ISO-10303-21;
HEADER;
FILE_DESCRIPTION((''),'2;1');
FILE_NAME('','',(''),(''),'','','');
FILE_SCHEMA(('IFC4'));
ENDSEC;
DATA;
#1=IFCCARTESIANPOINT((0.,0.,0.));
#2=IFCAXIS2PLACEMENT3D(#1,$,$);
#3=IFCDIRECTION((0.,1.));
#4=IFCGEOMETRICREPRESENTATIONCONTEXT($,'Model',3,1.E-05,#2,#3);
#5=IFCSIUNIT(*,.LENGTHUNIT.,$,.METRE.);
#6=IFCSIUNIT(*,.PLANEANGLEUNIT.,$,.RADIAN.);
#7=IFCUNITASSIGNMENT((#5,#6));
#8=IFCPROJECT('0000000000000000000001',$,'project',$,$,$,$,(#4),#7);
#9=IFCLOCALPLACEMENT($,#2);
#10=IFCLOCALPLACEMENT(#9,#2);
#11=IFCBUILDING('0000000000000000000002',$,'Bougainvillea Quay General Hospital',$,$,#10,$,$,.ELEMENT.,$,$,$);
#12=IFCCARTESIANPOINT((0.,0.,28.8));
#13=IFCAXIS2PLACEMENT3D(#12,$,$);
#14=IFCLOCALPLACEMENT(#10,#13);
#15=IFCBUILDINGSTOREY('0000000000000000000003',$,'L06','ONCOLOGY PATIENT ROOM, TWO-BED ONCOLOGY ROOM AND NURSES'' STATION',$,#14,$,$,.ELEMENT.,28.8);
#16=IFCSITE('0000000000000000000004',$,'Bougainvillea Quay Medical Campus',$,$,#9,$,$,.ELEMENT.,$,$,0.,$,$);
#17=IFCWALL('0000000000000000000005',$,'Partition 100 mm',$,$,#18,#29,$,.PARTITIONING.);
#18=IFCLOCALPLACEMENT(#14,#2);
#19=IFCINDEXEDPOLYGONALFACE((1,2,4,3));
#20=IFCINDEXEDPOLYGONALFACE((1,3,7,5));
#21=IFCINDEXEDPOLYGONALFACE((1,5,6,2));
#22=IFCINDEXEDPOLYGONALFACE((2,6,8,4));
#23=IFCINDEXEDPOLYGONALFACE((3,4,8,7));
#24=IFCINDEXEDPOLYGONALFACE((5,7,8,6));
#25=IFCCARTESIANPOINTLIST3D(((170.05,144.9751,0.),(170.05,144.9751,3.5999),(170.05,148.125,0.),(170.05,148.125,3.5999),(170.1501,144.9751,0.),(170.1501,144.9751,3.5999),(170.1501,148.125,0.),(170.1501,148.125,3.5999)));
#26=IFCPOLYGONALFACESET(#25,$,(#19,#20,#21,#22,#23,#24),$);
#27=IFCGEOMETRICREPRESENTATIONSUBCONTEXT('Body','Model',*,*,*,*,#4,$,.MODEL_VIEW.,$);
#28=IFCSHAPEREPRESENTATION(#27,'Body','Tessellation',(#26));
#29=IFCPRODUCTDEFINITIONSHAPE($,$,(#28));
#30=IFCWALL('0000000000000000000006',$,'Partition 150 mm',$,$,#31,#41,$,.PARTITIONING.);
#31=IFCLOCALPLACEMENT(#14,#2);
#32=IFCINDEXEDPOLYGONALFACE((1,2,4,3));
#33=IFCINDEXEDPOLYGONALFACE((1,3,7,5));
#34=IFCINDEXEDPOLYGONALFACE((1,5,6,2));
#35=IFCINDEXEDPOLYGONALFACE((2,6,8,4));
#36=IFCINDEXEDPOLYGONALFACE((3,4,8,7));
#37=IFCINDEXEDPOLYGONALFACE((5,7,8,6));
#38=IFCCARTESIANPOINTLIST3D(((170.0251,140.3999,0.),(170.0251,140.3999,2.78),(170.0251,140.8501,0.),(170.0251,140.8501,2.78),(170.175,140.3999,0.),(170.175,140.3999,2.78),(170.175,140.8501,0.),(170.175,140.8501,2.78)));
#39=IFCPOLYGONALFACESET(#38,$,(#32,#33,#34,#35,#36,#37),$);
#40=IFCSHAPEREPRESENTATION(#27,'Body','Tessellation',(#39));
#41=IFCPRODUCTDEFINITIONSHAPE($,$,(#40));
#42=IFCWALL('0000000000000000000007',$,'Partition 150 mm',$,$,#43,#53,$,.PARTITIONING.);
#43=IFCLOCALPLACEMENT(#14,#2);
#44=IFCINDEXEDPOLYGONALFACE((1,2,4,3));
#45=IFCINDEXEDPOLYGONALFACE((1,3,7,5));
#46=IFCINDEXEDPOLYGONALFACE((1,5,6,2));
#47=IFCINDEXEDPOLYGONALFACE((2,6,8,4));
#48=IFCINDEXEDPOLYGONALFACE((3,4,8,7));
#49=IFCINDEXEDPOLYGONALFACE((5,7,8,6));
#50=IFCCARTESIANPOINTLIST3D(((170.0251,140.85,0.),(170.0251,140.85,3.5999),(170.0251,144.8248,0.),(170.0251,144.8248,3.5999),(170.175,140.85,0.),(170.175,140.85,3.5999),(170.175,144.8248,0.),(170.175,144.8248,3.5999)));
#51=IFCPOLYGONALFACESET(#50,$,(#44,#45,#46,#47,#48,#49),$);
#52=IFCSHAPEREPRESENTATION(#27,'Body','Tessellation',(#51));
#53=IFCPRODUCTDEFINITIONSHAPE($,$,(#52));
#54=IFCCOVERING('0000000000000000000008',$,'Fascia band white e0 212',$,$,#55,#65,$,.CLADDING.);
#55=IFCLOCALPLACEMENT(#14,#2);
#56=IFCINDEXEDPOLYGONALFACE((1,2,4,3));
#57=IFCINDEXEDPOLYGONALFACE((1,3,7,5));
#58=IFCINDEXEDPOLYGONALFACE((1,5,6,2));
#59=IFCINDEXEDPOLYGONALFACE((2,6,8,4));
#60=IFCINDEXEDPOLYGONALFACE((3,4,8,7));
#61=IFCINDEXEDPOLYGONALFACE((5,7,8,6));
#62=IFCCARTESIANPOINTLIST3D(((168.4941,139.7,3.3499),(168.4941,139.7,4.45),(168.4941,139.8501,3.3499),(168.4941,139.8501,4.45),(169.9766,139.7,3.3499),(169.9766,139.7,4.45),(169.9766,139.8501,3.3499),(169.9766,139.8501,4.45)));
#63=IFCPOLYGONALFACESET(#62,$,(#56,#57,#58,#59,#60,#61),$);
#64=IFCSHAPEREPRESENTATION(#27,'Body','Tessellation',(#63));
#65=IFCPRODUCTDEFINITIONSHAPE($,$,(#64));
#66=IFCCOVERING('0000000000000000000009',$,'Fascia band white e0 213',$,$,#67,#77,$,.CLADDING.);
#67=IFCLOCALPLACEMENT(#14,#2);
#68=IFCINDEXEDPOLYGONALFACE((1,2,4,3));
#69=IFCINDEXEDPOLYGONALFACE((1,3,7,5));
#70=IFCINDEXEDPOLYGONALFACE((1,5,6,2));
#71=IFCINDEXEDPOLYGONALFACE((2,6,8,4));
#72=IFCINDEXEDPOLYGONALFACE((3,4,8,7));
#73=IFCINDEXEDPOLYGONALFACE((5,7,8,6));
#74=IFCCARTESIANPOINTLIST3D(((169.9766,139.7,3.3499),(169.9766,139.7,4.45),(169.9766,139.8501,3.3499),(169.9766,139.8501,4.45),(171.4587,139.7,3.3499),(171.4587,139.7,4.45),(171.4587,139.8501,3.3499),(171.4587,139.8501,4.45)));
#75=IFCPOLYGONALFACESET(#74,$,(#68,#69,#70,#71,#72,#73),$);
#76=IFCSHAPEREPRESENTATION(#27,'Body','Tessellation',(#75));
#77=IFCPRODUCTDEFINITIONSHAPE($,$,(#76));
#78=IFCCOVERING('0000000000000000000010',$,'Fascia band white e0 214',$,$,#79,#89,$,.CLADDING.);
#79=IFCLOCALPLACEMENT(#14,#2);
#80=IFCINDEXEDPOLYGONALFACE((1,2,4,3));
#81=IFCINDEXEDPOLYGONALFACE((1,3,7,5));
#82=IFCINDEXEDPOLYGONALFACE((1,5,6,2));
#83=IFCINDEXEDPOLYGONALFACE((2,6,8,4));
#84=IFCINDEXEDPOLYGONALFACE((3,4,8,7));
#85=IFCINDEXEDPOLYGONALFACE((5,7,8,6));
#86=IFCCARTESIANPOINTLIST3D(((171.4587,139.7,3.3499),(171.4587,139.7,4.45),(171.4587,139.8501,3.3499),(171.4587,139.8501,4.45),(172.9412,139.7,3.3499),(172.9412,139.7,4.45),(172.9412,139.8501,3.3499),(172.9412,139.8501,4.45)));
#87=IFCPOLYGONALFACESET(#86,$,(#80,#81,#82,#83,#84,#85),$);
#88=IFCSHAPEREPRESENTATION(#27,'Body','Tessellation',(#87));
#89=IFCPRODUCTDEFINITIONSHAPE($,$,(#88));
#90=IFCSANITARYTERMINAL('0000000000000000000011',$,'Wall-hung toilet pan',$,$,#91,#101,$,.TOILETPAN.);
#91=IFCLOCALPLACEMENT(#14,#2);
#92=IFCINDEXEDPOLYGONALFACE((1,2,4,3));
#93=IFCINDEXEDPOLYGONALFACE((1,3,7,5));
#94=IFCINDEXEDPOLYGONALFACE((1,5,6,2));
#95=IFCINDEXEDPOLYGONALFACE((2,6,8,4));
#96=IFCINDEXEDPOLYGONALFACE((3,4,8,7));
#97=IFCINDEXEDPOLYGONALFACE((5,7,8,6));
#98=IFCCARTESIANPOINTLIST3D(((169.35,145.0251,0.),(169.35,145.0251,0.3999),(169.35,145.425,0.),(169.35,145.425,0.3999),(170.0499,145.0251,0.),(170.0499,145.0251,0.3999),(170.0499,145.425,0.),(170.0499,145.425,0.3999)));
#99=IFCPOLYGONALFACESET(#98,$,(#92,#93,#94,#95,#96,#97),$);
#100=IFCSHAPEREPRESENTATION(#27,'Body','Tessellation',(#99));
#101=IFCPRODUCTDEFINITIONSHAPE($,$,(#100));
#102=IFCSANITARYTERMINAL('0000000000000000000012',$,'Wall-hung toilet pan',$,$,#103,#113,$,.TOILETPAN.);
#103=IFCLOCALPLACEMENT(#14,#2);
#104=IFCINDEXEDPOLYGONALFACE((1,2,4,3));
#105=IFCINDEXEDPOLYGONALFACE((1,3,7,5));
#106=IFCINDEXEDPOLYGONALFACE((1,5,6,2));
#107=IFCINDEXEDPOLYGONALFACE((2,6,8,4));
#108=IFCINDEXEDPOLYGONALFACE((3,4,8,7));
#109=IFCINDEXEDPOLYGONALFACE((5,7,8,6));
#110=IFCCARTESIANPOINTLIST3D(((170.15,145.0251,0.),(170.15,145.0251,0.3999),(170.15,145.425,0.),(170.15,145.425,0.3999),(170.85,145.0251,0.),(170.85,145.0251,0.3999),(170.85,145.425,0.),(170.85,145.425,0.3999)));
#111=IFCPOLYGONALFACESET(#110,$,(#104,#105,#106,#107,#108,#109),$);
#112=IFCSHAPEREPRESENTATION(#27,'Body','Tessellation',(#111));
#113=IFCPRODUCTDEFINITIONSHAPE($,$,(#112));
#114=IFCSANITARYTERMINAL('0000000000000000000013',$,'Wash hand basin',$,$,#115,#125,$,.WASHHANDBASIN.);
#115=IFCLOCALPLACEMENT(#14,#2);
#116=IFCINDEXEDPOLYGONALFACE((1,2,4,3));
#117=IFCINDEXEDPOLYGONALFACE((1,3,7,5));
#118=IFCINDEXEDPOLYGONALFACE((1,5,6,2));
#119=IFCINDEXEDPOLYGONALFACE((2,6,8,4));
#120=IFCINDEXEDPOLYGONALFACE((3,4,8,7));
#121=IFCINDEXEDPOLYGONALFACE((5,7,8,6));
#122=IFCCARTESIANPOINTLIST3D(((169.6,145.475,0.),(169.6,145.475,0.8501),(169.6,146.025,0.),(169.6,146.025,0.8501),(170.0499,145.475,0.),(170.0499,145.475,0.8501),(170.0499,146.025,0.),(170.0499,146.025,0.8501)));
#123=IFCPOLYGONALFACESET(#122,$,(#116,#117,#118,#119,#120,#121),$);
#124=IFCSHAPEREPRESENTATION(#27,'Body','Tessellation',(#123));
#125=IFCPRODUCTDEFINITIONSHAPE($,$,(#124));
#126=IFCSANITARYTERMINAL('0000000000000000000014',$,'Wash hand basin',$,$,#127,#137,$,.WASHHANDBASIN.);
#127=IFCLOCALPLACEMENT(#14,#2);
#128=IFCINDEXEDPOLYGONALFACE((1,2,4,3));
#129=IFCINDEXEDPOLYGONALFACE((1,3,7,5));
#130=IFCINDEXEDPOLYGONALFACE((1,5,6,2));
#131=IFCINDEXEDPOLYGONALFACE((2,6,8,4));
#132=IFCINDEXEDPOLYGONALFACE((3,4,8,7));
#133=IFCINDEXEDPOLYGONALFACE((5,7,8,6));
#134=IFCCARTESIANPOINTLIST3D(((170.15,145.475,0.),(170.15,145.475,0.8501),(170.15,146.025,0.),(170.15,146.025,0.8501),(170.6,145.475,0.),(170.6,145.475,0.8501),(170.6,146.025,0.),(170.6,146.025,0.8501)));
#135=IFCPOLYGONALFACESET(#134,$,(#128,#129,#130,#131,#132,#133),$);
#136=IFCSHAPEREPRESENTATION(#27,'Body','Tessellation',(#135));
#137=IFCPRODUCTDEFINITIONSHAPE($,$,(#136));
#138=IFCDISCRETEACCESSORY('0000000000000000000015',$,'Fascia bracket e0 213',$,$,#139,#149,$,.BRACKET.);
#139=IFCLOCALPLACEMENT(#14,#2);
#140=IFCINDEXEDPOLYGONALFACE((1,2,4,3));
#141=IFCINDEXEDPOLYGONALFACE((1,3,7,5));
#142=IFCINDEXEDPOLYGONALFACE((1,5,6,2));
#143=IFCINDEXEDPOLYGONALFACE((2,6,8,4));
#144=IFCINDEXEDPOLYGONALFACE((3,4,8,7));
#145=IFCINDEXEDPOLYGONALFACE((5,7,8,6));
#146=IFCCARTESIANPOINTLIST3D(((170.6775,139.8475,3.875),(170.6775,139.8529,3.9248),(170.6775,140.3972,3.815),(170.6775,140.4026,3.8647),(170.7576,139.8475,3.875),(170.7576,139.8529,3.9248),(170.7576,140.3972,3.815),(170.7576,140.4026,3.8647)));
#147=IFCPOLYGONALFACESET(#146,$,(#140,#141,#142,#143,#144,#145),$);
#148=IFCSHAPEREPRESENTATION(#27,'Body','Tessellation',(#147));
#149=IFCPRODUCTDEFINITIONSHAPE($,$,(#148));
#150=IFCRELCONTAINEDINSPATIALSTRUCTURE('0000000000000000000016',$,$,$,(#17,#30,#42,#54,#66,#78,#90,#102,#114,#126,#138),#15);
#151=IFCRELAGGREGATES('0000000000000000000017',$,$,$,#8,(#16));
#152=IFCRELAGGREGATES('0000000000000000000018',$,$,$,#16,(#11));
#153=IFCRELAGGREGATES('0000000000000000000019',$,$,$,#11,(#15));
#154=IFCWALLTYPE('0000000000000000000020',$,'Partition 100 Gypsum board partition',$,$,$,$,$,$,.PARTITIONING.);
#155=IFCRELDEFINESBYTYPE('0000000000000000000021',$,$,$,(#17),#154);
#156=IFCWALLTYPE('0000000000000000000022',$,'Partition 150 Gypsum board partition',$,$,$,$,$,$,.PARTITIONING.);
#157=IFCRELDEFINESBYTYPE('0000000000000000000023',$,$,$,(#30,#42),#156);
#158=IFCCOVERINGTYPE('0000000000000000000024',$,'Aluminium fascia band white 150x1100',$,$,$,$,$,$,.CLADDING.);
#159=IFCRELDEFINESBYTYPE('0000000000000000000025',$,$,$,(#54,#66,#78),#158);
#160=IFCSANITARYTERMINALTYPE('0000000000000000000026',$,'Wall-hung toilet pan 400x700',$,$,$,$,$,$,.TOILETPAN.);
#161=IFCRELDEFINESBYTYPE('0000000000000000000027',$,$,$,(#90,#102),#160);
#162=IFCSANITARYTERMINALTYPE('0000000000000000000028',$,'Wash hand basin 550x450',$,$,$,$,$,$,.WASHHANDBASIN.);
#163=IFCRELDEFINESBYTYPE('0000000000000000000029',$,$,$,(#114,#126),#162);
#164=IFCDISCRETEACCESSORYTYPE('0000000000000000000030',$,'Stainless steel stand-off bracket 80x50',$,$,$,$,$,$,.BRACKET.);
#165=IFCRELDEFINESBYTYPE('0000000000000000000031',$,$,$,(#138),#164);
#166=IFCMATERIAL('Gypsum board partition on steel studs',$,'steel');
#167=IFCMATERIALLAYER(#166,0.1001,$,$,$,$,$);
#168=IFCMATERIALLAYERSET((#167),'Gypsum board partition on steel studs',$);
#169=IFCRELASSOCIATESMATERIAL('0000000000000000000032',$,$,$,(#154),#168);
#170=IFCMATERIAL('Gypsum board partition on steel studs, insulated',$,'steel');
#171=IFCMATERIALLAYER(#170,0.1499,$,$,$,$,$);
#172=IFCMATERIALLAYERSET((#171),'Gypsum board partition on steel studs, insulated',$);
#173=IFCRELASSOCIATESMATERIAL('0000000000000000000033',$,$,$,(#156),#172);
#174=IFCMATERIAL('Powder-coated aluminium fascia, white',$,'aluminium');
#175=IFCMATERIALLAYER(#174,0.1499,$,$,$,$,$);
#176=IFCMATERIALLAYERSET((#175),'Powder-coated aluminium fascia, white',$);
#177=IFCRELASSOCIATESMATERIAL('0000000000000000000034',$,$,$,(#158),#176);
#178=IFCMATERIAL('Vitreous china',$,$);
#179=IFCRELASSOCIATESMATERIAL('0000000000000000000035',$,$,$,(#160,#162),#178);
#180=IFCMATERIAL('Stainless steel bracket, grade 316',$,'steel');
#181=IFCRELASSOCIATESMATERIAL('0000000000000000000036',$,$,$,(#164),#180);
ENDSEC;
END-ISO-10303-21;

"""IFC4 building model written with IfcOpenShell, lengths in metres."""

from ifc_helpers import new_model, si_unit, direction, frame, frame_2d, origin, origin_2d, place, context, subcontext, project, spatial, polyline, rectangle, outline, extrude, material, layer, layer_set, material_profile, profile_set, type_object, element, save


model = new_model("IFC4")

# Units and contexts
model_context = context("Model", 3, precision=1e-05, world=origin(), true_north=direction((0.0, 1.0)))
body_context = subcontext(model_context, "Body", "Model", "MODEL_VIEW")
ifc_project = project(units=[si_unit("LENGTHUNIT", "METRE"), si_unit("PLANEANGLEUNIT", "RADIAN")], contexts=[model_context])

# Site, building, storey
site_placement = place(None, origin())
site = spatial("IfcSite", under=ifc_project, at=site_placement, Name="Bougainvillea Quay Medical Campus", CompositionType="ELEMENT", RefElevation=0.0)
building_placement = place(site_placement, origin())
building = spatial("IfcBuilding", under=site, at=building_placement, Name="Bougainvillea Quay General Hospital", CompositionType="ELEMENT")
storey_placement = place(building_placement, frame((0.0, 0.0, 28.8)))
storey = spatial("IfcBuildingStorey", under=building, at=storey_placement, Name="L06", Description="ONCOLOGY PATIENT ROOM, TWO-BED ONCOLOGY ROOM AND NURSES' STATION", CompositionType="ELEMENT", Elevation=28.8)

# Walls
ifc_material_1 = material(Name="Gypsum board partition on steel studs", Category="steel")
ifc_layer_1 = layer(ifc_material_1, 0.1001)
ifc_layer_set_1 = layer_set([ifc_layer_1], Name="Gypsum board partition on steel studs")
wall_type_1 = type_object("IfcWallType", Name="Partition 100 Gypsum board partition", PredefinedType="PARTITIONING", material=ifc_layer_set_1)
wall_1_placement = place(storey_placement, frame((170.1001, 144.9751, 0.0), z_axis=(0.0, 0.0, 1.0), x_axis=(0.0, 1.0, 0.0)))
element("IfcWall", 1, at=wall_1_placement, inside=storey, type_object=wall_type_1, Name="Partition 100 mm", PredefinedType="PARTITIONING", context=body_context, shape_type="SweptSolid", body=[
    extrude(rectangle(XDim=3.1499, YDim=0.1001, at=frame_2d((1.575, 0.0))), origin(), (0.0, 0.0, 1.0), 3.5999),
])
ifc_material_2 = material(Name="Gypsum board partition on steel studs, insulated", Category="steel")
ifc_layer_2 = layer(ifc_material_2, 0.1499)
ifc_layer_set_2 = layer_set([ifc_layer_2], Name="Gypsum board partition on steel studs, insulated")
wall_type_2 = type_object("IfcWallType", Name="Partition 150 Gypsum board partition", PredefinedType="PARTITIONING", material=ifc_layer_set_2)
wall_2_placement = place(storey_placement, frame((170.1001, 140.3999, 0.0), z_axis=(0.0, 0.0, 1.0), x_axis=(0.0, 1.0, 0.0)))
element("IfcWall", 2, at=wall_2_placement, inside=storey, type_object=wall_type_2, Name="Partition 150 mm", PredefinedType="PARTITIONING", context=body_context, shape_type="SweptSolid", body=[
    extrude(rectangle(XDim=0.4502, YDim=0.1499, at=frame_2d((0.2251, 0.0))), origin(), (0.0, 0.0, 1.0), 2.78),
])
wall_3_placement = place(storey_placement, frame((170.1001, 140.8501, 0.0), z_axis=(0.0, 0.0, 1.0), x_axis=(0.0, 1.0, 0.0)))
element("IfcWall", 3, at=wall_3_placement, inside=storey, type_object=wall_type_2, Name="Partition 150 mm", PredefinedType="PARTITIONING", context=body_context, shape_type="SweptSolid", body=[
    extrude(rectangle(XDim=3.9749, YDim=0.1499, at=frame_2d((1.9873, 0.0))), origin(), (0.0, 0.0, 1.0), 3.5999),
])

# Coverings
ifc_material_3 = material(Name="Powder-coated aluminium fascia, white", Category="aluminium")
ifc_layer_3 = layer(ifc_material_3, 0.1499)
ifc_layer_set_3 = layer_set([ifc_layer_3], Name="Powder-coated aluminium fascia, white")
covering_type = type_object("IfcCoveringType", Name="Aluminium fascia band white 150x1100", PredefinedType="CLADDING", material=ifc_layer_set_3)
covering_1_placement = place(storey_placement, frame((168.4941, 139.8501, 3.3499), z_axis=(0.0, 0.0, 1.0), x_axis=(1.0, 0.0, 0.0)))
element("IfcCovering", 4, at=covering_1_placement, inside=storey, type_object=covering_type, Name="Fascia band white e0 212", PredefinedType="CLADDING", context=body_context, shape_type="SweptSolid", body=[
    extrude(outline(polyline([(0.0, 0.0), (1.4824, 0.0), (1.4824, -0.1501), (0.0, -0.1501), (0.0, 0.0)])), origin(), (0.0, 0.0, 1.0), 1.1001),
])
covering_2_placement = place(storey_placement, frame((169.9766, 139.8501, 3.3499), z_axis=(0.0, 0.0, 1.0), x_axis=(1.0, 0.0, 0.0)))
element("IfcCovering", 5, at=covering_2_placement, inside=storey, type_object=covering_type, Name="Fascia band white e0 213", PredefinedType="CLADDING", context=body_context, shape_type="SweptSolid", body=[
    extrude(outline(polyline([(0.0, 0.0), (1.4822, 0.0), (1.4822, -0.1501), (0.0, -0.1501), (0.0, 0.0)])), origin(), (0.0, 0.0, 1.0), 1.1001),
])
covering_3_placement = place(storey_placement, frame((171.4587, 139.8501, 3.3499), z_axis=(0.0, 0.0, 1.0), x_axis=(1.0, 0.0, 0.0)))
element("IfcCovering", 6, at=covering_3_placement, inside=storey, type_object=covering_type, Name="Fascia band white e0 214", PredefinedType="CLADDING", context=body_context, shape_type="SweptSolid", body=[
    extrude(outline(polyline([(0.0, 0.0), (1.4824, 0.0), (1.4824, -0.1501), (0.0, -0.1501), (0.0, 0.0)])), origin(), (0.0, 0.0, 1.0), 1.1001),
])

# Sanitary terminals
ifc_material_4 = material(Name="Vitreous china")
sanitary_terminal_type_1 = type_object("IfcSanitaryTerminalType", Name="Wall-hung toilet pan 400x700", PredefinedType="TOILETPAN", material=ifc_material_4)
for number, where, z_axis, x_axis, name in (
    (7, (169.7, 145.2251, 0.0), (0.0, 0.0, 1.0), (0.0, -1.0, 0.0), "Wall-hung toilet pan"),
    (8, (170.5, 145.2251, 0.0), (0.0, 0.0, 1.0), (0.0, 1.0, 0.0), "Wall-hung toilet pan"),
):
    element("IfcSanitaryTerminal", number, at=place(storey_placement, frame(where, z_axis=z_axis, x_axis=x_axis)), inside=storey, type_object=sanitary_terminal_type_1, Name=name, PredefinedType="TOILETPAN", context=body_context, shape_type="SweptSolid", body=[
        extrude(rectangle(XDim=0.3999, YDim=0.7, at=origin_2d()), origin(), (0.0, 0.0, 1.0), 0.3999),
    ])
sanitary_terminal_type_2 = type_object("IfcSanitaryTerminalType", Name="Wash hand basin 550x450", PredefinedType="WASHHANDBASIN", material=ifc_material_4)
for number, where, z_axis, x_axis, name in (
    (9, (169.825, 145.75, 0.0), (0.0, 0.0, 1.0), (0.0, -1.0, 0.0), "Wash hand basin"),
    (10, (170.375, 145.75, 0.0), (0.0, 0.0, 1.0), (0.0, 1.0, 0.0), "Wash hand basin"),
):
    element("IfcSanitaryTerminal", number, at=place(storey_placement, frame(where, z_axis=z_axis, x_axis=x_axis)), inside=storey, type_object=sanitary_terminal_type_2, Name=name, PredefinedType="WASHHANDBASIN", context=body_context, shape_type="SweptSolid", body=[
        extrude(rectangle(XDim=0.55, YDim=0.45, at=origin_2d()), origin(), (0.0, 0.0, 1.0), 0.8501),
    ])

# Discrete accessory
ifc_material_5 = material(Name="Stainless steel bracket, grade 316", Category="steel")
ifc_material_profile_1 = material_profile(ifc_material_5, rectangle(XDim=0.0801, YDim=0.05, at=origin_2d()))
ifc_profile_set_1 = profile_set([ifc_material_profile_1], Name="Stainless steel bracket, grade 316")
discrete_accessory_type = type_object("IfcDiscreteAccessoryType", Name="Stainless steel stand-off bracket 80x50", PredefinedType="BRACKET", material=ifc_profile_set_1)
discrete_accessory_placement = place(storey_placement, frame((170.7175, 140.3999, 3.8398), z_axis=(0.0, -0.994087, 0.10859), x_axis=(1.0, 0.0, 0.0)))
element("IfcDiscreteAccessory", 11, at=discrete_accessory_placement, inside=storey, type_object=discrete_accessory_type, Name="Fascia bracket e0 213", PredefinedType="BRACKET", context=body_context, shape_type="SweptSolid", body=[
    extrude(rectangle(XDim=0.0801, YDim=0.05, at=origin_2d()), origin(), (0.0, 0.0, 1.0), 0.553),
])

save(model, "model.ifc")
